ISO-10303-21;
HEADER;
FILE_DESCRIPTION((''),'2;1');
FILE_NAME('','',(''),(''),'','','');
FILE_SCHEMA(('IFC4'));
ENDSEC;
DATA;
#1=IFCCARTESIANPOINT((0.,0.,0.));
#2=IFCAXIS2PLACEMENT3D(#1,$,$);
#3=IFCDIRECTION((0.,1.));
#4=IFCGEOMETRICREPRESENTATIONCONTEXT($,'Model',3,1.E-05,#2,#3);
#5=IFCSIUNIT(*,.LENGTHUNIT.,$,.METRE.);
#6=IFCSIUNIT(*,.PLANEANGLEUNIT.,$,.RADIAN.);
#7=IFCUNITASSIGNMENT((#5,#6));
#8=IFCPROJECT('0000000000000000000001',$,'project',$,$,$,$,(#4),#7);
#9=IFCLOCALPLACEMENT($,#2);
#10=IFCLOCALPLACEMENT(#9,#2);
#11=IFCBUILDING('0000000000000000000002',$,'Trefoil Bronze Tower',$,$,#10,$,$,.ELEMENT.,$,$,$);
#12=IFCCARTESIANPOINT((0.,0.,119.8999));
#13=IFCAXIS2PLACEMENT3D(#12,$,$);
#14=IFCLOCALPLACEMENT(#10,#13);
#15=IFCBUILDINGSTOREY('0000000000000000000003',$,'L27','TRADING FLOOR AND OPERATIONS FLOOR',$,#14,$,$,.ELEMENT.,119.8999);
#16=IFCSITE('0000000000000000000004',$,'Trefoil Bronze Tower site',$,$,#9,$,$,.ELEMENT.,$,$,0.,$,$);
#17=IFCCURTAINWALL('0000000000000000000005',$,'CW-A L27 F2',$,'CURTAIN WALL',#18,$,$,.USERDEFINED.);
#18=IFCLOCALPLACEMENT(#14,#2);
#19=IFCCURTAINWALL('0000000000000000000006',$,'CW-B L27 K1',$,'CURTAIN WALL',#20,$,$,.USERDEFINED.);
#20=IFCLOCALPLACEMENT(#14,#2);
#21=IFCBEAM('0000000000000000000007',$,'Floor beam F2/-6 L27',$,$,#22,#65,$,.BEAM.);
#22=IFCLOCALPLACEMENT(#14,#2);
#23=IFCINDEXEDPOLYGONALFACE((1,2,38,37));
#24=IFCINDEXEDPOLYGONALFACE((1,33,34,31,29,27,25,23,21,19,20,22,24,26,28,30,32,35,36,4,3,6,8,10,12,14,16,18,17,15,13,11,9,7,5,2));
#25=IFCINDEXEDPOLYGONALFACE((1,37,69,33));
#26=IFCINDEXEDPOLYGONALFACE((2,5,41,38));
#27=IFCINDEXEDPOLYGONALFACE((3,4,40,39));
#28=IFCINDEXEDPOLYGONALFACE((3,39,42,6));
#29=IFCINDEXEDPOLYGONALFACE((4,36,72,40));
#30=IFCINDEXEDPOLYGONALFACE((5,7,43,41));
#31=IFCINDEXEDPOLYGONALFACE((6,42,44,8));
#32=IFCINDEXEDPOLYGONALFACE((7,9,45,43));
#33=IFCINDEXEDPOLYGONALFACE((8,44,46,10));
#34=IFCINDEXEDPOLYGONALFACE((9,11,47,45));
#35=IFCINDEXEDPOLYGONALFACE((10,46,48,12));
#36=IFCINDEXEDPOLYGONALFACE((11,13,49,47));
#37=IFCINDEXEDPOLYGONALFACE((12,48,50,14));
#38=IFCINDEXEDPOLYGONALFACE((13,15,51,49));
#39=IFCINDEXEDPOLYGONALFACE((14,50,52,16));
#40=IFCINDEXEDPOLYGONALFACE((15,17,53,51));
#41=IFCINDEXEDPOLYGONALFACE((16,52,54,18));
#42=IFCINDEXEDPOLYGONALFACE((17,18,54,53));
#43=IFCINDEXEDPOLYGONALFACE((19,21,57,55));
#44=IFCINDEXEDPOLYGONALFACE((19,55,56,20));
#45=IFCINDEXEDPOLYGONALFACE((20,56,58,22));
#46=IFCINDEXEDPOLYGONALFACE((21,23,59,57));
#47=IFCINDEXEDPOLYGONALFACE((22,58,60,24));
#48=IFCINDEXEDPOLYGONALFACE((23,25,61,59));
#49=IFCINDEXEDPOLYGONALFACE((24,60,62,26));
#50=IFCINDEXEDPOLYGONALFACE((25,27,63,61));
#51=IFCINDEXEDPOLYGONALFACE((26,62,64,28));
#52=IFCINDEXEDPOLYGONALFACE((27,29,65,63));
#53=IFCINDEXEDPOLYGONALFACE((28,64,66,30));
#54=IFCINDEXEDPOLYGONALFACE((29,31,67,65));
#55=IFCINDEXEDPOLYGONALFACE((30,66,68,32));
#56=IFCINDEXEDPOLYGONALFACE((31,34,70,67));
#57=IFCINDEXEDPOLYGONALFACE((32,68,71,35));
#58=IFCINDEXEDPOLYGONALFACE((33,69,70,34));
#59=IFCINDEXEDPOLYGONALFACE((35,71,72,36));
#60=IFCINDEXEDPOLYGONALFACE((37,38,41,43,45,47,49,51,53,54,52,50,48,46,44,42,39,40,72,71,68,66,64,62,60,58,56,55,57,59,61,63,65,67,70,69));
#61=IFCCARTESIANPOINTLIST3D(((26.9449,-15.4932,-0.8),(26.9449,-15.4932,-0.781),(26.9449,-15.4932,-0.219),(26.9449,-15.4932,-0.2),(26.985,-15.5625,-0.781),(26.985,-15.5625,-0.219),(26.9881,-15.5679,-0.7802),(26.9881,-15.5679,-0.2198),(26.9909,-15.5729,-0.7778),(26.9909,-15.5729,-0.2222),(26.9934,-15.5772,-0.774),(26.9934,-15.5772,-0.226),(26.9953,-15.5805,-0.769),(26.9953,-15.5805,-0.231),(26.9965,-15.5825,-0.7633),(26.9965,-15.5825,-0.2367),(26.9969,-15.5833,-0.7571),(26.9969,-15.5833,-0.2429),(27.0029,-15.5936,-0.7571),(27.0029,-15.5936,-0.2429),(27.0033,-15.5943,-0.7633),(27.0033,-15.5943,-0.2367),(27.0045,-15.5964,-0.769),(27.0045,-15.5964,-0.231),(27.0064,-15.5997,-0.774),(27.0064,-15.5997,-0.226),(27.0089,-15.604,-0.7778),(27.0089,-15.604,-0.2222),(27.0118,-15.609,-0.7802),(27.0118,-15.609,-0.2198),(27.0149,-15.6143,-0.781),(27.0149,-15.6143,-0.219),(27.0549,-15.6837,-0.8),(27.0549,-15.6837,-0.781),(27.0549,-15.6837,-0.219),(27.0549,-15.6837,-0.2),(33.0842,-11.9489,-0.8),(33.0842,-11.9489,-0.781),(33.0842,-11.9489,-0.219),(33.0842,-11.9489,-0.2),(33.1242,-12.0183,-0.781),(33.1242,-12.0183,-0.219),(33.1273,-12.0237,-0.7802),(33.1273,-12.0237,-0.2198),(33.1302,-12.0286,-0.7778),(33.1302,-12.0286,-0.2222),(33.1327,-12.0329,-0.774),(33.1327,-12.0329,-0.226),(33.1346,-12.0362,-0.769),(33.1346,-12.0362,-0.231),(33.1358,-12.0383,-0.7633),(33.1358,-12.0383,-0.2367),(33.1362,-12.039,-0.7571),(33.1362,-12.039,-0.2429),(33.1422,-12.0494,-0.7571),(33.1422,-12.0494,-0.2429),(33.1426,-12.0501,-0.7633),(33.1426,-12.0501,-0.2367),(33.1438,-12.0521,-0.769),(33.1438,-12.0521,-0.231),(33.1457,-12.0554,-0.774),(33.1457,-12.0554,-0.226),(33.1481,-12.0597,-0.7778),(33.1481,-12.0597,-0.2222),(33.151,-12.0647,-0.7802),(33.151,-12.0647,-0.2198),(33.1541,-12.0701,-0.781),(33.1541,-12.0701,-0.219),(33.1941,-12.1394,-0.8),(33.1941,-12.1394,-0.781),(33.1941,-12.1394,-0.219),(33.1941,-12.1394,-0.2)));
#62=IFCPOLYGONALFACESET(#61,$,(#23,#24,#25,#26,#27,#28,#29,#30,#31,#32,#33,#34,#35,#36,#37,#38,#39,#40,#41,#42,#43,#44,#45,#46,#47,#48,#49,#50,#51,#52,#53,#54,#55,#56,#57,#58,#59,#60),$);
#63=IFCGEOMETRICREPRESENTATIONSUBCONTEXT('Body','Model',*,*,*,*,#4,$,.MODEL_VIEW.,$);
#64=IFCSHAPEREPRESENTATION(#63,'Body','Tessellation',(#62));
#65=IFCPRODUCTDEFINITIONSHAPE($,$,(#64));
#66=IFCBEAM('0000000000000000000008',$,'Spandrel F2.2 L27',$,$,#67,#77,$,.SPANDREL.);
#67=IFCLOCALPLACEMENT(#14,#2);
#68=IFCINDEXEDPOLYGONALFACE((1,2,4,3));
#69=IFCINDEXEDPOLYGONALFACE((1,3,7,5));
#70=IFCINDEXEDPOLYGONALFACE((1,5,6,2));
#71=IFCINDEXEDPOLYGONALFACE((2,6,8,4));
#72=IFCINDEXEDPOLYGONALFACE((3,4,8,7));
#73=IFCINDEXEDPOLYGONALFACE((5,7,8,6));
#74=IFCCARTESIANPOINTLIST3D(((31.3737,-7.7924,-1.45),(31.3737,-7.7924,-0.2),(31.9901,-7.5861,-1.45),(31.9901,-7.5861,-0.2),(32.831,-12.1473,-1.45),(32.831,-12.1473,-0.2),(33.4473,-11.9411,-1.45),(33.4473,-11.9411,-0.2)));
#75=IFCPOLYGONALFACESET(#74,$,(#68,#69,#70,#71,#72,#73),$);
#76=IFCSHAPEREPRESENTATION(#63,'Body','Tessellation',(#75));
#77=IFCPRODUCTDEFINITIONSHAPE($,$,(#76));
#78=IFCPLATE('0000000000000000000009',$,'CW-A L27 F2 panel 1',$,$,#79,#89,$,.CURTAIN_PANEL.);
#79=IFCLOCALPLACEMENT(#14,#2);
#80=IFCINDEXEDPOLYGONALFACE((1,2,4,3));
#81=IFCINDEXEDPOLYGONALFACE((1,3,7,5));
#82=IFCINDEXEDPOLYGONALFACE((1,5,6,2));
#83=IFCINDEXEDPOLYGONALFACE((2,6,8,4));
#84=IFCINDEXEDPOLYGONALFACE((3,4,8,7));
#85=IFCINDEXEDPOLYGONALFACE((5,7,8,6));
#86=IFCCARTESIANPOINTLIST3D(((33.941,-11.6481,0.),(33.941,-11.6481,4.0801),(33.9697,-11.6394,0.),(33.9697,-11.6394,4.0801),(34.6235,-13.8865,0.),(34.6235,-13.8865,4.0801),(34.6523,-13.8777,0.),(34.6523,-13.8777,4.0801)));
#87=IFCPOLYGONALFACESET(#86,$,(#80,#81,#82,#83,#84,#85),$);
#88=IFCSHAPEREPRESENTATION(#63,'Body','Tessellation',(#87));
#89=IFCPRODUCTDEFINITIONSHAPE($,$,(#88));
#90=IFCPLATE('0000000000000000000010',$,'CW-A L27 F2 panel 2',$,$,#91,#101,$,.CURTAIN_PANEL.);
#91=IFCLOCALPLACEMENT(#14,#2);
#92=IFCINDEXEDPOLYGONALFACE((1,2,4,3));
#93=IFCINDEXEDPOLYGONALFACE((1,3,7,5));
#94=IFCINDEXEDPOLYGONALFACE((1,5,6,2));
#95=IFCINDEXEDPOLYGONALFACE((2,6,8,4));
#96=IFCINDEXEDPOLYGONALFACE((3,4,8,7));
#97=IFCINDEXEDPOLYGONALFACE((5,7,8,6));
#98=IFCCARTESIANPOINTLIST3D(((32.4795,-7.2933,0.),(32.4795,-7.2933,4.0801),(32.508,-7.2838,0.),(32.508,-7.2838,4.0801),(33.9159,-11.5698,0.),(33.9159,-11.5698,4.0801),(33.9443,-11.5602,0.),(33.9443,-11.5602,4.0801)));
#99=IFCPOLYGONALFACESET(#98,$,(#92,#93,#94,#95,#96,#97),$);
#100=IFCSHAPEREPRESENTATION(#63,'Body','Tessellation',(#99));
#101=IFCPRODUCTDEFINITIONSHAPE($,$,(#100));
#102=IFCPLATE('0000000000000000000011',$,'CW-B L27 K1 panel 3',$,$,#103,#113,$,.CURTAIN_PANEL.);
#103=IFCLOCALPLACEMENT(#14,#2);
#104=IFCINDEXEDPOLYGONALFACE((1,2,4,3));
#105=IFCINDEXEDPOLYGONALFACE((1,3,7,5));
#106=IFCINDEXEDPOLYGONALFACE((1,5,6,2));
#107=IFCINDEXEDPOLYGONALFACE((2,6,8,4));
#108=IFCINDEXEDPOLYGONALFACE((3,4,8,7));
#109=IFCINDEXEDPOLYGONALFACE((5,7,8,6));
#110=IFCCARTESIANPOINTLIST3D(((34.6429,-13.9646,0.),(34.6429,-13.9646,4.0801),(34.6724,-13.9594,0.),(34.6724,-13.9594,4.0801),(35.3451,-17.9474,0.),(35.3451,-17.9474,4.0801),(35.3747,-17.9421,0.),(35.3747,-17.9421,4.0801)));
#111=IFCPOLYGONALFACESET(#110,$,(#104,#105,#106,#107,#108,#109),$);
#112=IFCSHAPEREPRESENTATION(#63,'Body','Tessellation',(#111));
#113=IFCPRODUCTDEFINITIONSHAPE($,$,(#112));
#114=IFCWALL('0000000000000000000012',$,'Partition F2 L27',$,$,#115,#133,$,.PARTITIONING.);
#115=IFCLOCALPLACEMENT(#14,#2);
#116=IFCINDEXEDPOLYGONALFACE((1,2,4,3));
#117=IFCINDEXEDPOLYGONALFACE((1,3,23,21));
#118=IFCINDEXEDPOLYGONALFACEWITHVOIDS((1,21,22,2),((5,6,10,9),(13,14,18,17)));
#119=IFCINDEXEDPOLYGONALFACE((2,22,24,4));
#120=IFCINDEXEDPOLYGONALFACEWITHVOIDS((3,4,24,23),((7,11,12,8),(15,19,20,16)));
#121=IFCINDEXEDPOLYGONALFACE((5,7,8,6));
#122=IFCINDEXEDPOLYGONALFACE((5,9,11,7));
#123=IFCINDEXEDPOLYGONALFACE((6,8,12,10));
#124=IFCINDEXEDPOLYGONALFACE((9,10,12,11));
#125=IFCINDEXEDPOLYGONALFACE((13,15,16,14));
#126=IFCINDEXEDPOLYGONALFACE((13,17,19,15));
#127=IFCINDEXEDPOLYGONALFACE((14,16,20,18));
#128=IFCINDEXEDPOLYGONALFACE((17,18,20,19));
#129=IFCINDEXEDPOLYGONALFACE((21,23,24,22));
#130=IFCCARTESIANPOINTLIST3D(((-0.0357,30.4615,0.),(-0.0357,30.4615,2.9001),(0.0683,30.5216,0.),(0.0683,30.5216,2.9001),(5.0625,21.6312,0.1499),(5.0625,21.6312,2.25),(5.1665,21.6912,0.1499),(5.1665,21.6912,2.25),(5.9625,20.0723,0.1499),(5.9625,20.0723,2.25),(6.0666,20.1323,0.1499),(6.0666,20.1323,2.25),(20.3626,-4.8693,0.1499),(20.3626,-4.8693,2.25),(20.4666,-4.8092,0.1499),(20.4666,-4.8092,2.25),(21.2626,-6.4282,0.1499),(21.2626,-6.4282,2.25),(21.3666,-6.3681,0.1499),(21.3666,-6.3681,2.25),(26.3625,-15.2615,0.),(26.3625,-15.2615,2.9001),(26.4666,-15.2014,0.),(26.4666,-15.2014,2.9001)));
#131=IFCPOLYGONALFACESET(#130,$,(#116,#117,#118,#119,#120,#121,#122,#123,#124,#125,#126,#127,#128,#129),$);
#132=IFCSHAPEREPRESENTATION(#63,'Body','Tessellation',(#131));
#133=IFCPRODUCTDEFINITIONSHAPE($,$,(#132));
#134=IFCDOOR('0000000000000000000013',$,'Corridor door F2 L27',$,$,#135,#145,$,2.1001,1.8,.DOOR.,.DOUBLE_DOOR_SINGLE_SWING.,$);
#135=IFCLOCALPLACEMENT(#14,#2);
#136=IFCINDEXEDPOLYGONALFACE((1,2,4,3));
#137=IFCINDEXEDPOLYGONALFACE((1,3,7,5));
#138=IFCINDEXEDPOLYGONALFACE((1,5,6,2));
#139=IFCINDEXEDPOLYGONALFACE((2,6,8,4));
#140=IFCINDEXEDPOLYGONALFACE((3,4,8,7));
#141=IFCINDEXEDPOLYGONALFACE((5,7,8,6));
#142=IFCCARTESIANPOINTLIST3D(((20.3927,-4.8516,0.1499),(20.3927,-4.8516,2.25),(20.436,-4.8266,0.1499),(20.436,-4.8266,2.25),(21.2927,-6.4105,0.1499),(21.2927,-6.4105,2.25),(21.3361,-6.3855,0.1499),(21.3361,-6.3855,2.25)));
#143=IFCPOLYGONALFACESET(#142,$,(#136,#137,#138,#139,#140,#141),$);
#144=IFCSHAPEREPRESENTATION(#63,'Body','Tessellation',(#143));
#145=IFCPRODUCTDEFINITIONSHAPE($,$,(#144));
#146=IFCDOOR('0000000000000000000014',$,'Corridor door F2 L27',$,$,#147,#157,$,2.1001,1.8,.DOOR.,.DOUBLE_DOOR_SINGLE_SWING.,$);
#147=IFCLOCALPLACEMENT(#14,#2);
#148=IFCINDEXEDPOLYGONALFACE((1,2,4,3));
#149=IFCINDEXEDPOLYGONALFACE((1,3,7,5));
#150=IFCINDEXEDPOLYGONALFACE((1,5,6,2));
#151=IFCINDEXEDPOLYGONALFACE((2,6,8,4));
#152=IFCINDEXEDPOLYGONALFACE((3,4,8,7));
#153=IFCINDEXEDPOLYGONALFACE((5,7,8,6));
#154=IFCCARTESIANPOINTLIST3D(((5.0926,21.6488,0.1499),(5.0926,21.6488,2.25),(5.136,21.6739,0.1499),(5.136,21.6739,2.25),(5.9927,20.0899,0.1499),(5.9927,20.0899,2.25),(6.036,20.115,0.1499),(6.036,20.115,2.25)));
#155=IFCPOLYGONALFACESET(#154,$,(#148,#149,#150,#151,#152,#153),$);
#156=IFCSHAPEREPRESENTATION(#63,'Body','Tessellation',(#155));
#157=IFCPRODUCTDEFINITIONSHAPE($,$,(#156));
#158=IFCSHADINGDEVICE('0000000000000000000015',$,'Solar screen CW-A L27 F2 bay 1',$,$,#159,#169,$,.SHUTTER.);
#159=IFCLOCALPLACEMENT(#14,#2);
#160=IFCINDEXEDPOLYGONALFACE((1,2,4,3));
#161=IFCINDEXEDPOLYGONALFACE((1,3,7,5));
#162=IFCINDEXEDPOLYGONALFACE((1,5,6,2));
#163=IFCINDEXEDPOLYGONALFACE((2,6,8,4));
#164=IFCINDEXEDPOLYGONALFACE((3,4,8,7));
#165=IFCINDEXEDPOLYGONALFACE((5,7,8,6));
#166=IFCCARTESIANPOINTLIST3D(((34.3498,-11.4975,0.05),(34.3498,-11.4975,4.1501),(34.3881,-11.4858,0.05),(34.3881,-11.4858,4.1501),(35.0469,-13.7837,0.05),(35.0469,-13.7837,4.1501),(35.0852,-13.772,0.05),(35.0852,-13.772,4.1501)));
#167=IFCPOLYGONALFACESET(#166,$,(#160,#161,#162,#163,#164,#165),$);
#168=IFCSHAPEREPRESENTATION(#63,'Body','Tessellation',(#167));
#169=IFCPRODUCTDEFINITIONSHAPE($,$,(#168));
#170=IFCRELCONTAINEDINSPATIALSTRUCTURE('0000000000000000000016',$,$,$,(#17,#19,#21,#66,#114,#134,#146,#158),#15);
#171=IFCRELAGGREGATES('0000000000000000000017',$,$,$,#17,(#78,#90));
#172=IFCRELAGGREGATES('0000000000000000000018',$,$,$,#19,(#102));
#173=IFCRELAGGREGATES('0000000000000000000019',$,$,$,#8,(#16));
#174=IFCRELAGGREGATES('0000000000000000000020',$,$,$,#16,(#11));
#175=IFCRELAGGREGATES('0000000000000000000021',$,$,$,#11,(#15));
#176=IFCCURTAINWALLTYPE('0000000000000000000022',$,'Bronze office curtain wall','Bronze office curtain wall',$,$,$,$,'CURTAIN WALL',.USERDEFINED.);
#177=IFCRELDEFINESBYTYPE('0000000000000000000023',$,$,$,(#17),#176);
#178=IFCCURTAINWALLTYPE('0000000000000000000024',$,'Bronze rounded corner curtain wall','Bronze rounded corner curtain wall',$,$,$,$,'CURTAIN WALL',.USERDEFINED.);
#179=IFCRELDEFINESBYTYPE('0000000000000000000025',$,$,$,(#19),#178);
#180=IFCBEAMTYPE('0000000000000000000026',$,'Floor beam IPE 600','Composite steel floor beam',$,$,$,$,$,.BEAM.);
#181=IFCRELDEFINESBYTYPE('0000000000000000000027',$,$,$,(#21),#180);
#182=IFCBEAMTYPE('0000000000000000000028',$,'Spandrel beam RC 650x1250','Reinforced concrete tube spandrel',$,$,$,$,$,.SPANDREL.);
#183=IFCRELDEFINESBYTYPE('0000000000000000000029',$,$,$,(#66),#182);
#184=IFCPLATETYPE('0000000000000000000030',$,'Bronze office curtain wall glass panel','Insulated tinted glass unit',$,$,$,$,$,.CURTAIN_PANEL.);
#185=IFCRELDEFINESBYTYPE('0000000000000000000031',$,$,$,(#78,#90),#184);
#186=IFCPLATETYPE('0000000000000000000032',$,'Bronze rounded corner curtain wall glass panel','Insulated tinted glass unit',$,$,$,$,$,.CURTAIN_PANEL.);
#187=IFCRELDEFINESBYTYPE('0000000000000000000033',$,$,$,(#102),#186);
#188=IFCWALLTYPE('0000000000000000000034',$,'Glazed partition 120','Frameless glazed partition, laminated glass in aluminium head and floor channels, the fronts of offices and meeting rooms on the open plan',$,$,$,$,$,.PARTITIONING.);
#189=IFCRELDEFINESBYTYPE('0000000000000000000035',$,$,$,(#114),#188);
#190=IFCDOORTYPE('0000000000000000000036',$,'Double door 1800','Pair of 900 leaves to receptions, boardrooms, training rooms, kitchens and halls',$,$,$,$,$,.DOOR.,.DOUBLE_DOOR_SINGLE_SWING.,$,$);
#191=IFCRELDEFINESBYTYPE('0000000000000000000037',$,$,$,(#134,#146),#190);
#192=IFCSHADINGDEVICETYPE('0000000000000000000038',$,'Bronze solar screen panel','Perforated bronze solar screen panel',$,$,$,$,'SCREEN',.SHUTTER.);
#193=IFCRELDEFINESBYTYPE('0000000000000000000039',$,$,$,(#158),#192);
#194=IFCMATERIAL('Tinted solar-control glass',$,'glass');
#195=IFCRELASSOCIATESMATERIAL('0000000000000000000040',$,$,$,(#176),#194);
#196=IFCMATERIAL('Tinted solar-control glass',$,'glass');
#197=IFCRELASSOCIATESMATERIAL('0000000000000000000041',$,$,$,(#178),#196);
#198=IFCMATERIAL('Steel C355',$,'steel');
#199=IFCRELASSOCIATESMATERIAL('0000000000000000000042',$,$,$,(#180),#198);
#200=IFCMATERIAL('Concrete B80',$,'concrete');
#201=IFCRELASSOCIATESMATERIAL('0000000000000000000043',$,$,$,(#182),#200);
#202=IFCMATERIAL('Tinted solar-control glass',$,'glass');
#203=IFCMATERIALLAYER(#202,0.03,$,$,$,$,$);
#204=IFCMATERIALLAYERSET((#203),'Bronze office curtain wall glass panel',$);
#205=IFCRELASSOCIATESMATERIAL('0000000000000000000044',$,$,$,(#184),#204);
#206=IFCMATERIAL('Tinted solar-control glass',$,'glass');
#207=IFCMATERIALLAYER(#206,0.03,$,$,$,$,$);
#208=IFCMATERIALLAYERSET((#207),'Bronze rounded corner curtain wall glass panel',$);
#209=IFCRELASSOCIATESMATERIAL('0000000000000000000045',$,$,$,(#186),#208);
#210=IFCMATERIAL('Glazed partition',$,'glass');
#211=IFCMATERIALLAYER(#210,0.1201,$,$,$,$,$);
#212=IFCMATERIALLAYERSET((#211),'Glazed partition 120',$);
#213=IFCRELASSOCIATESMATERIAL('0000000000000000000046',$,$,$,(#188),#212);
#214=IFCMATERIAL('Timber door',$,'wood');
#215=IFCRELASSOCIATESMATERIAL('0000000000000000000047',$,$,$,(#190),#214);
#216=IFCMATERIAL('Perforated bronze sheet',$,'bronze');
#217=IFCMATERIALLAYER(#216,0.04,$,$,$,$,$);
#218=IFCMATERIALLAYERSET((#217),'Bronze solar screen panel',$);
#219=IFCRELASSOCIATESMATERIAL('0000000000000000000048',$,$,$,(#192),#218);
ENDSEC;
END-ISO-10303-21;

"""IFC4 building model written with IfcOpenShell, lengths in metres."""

from ifc_helpers import new_model, si_unit, direction, frame, frame_2d, origin, origin_2d, place, context, subcontext, project, spatial, rectangle, i_section, extrude, material, layer, layer_set, material_profile, profile_set, type_object, element, fill, aggregate, save


model = new_model("IFC4")

# Units and contexts
model_context = context("Model", 3, precision=1e-05, world=origin(), true_north=direction((0.0, 1.0)))
body_context = subcontext(model_context, "Body", "Model", "MODEL_VIEW")
ifc_project = project(units=[si_unit("LENGTHUNIT", "METRE"), si_unit("PLANEANGLEUNIT", "RADIAN")], contexts=[model_context])

# Site, building, storey
site_placement = place(None, origin())
site = spatial("IfcSite", under=ifc_project, at=site_placement, Name="Trefoil Bronze Tower site", CompositionType="ELEMENT", RefElevation=0.0)
building_placement = place(site_placement, origin())
building = spatial("IfcBuilding", under=site, at=building_placement, Name="Trefoil Bronze Tower", CompositionType="ELEMENT")
storey_placement = place(building_placement, frame((0.0, 0.0, 119.8999)))
storey = spatial("IfcBuildingStorey", under=building, at=storey_placement, Name="L27", Description="TRADING FLOOR AND OPERATIONS FLOOR", CompositionType="ELEMENT", Elevation=119.8999)

# Curtain wall
ifc_material_1 = material(Name="Tinted solar-control glass", Category="glass")
curtain_wall_type_1 = type_object("IfcCurtainWallType", Name="Bronze office curtain wall", Description="Bronze office curtain wall", ElementType="CURTAIN WALL", PredefinedType="USERDEFINED", material=ifc_material_1)
curtain_wall_1_placement = place(storey_placement, origin())
curtain_wall_1 = element("IfcCurtainWall", 1, at=curtain_wall_1_placement, inside=storey, type_object=curtain_wall_type_1, Name="CW-A L27 F2", ObjectType="CURTAIN WALL", PredefinedType="USERDEFINED")

# Curtain wall
ifc_material_2 = material(Name="Tinted solar-control glass", Category="glass")
curtain_wall_type_2 = type_object("IfcCurtainWallType", Name="Bronze rounded corner curtain wall", Description="Bronze rounded corner curtain wall", ElementType="CURTAIN WALL", PredefinedType="USERDEFINED", material=ifc_material_2)
curtain_wall_2_placement = place(storey_placement, origin())
curtain_wall_2 = element("IfcCurtainWall", 2, at=curtain_wall_2_placement, inside=storey, type_object=curtain_wall_type_2, Name="CW-B L27 K1", ObjectType="CURTAIN WALL", PredefinedType="USERDEFINED")

# Beams
ifc_material_3 = material(Name="Steel C355", Category="steel")
ifc_material_profile_1 = material_profile(ifc_material_3, i_section(OverallWidth=0.22, OverallDepth=0.6001, WebThickness=0.012, FlangeThickness=0.019, FilletRadius=0.0239, at=origin_2d()), Name="IPE 600")
ifc_profile_set_1 = profile_set([ifc_material_profile_1], Name="Steel C355")
beam_type_1 = type_object("IfcBeamType", Name="Floor beam IPE 600", Description="Composite steel floor beam", PredefinedType="BEAM", material=ifc_profile_set_1)
beam_1_placement = place(storey_placement, frame((33.1392, -12.0442, -0.5), z_axis=(-0.866041, -0.499973, 0.0), x_axis=(0.499973, -0.866041, 0.0)))
element("IfcBeam", 3, at=beam_1_placement, inside=storey, type_object=beam_type_1, Name="Floor beam F2/-6 L27", PredefinedType="BEAM", context=body_context, shape_type="SweptSolid", body=[
    extrude(i_section(OverallWidth=0.22, OverallDepth=0.6001, WebThickness=0.012, FlangeThickness=0.019, FilletRadius=0.0239, at=origin_2d()), origin(), (0.0, 0.0, 1.0), 7.0889),
])
ifc_material_4 = material(Name="Concrete B80", Category="concrete")
ifc_material_profile_2 = material_profile(ifc_material_4, rectangle(XDim=0.6499, YDim=1.25, at=origin_2d()), Name="RC 650x1250")
ifc_profile_set_2 = profile_set([ifc_material_profile_2], Name="Concrete B80")
beam_type_2 = type_object("IfcBeamType", Name="Spandrel beam RC 650x1250", Description="Reinforced concrete tube spandrel", PredefinedType="SPANDREL", material=ifc_profile_set_2)
beam_2_placement = place(storey_placement, frame((33.1392, -12.0442, -0.825), z_axis=(-0.317328, 0.948316, 0.0), x_axis=(-0.948316, -0.317328, 0.0)))
element("IfcBeam", 4, at=beam_2_placement, inside=storey, type_object=beam_type_2, Name="Spandrel F2.2 L27", PredefinedType="SPANDREL", context=body_context, shape_type="SweptSolid", body=[
    extrude(rectangle(XDim=0.6499, YDim=1.25, at=origin_2d()), origin(), (0.0, 0.0, 1.0), 4.5923),
])

# Plates
ifc_material_5 = material(Name="Tinted solar-control glass", Category="glass")
ifc_layer_1 = layer(ifc_material_5, 0.03)
ifc_layer_set_1 = layer_set([ifc_layer_1], Name="Bronze office curtain wall glass panel")
plate_type_1 = type_object("IfcPlateType", Name="Bronze office curtain wall glass panel", Description="Insulated tinted glass unit", PredefinedType="CURTAIN_PANEL", material=ifc_layer_set_1)
plate_1_placement = place(storey_placement, frame((34.2966, -12.7629, 0.0), z_axis=(0.0, 0.0, 1.0), x_axis=(-0.291669, 0.956519, 0.0)))
plate_1 = element("IfcPlate", 5, at=plate_1_placement, type_object=plate_type_1, Name="CW-A L27 F2 panel 1", PredefinedType="CURTAIN_PANEL", context=body_context, shape_type="SweptSolid", body=[
    extrude(rectangle(XDim=2.3401, YDim=0.03, at=origin_2d()), origin(), (0.0, 0.0, 1.0), 4.0801),
])
plate_2_placement = place(storey_placement, frame((33.2119, -9.4268, 0.0), z_axis=(0.0, 0.0, 1.0), x_axis=(-0.318404, 0.947955, 0.0)))
plate_2 = element("IfcPlate", 6, at=plate_2_placement, type_object=plate_type_1, Name="CW-A L27 F2 panel 2", PredefinedType="CURTAIN_PANEL", context=body_context, shape_type="SweptSolid", body=[
    extrude(rectangle(XDim=4.5112, YDim=0.03, at=origin_2d()), origin(), (0.0, 0.0, 1.0), 4.0801),
])
aggregate(curtain_wall_1, [plate_1, plate_2])
ifc_material_6 = material(Name="Tinted solar-control glass", Category="glass")
ifc_layer_2 = layer(ifc_material_6, 0.03)
ifc_layer_set_2 = layer_set([ifc_layer_2], Name="Bronze rounded corner curtain wall glass panel")
plate_type_2 = type_object("IfcPlateType", Name="Bronze rounded corner curtain wall glass panel", Description="Insulated tinted glass unit", PredefinedType="CURTAIN_PANEL", material=ifc_layer_set_2)
plate_3_placement = place(storey_placement, frame((35.0088, -15.9534, 0.0), z_axis=(0.0, 0.0, 1.0), x_axis=(-0.173648, 0.984808, 0.0)))
plate_3 = element("IfcPlate", 7, at=plate_3_placement, type_object=plate_type_2, Name="CW-B L27 K1 panel 3", PredefinedType="CURTAIN_PANEL", context=body_context, shape_type="SweptSolid", body=[
    extrude(rectangle(XDim=4.0442, YDim=0.03, at=origin_2d()), origin(), (0.0, 0.0, 1.0), 4.0801),
])
aggregate(curtain_wall_2, [plate_3])

# Wall, openings, doors
ifc_material_7 = material(Name="Glazed partition", Category="glass")
ifc_layer_3 = layer(ifc_material_7, 0.1201)
ifc_layer_set_3 = layer_set([ifc_layer_3], Name="Glazed partition 120")
wall_type = type_object("IfcWallType", Name="Glazed partition 120", Description="Frameless glazed partition, laminated glass in aluminium head and floor channels, the fronts of offices and meeting rooms on the open plan", PredefinedType="PARTITIONING", material=ifc_layer_set_3)
wall_placement = place(storey_placement, frame((26.4146, -15.2314, 0.0), z_axis=(0.0, 0.0, 1.0), x_axis=(-0.500001, 0.866025, 0.0)))
wall = element("IfcWall", 8, at=wall_placement, inside=storey, type_object=wall_type, Name="Partition F2 L27", PredefinedType="PARTITIONING", context=body_context, shape_type="SweptSolid", body=[
    extrude(rectangle(XDim=52.7964, YDim=0.1201, at=frame_2d((26.3982, 0.0))), origin(), (0.0, 0.0, 1.0), 2.9001),
])
opening_1_placement = place(wall_placement, frame((10.2, 0.0, 0.1499)))
opening_1 = element("IfcOpeningElement", 9, at=opening_1_placement, cuts=wall, PredefinedType="OPENING", context=body_context, shape_type="SweptSolid", body=[
    extrude(rectangle(XDim=1.8, YDim=2.1001, at=frame_2d((0.8999, 1.05))), frame((0.0, 0.0701, 0.0), z_axis=(0.0, -1.0, 0.0), x_axis=(1.0, 0.0, 0.0)), (0.0, 0.0, 1.0), 0.1401),
])
opening_2_placement = place(wall_placement, frame((40.8, 0.0, 0.1499)))
opening_2 = element("IfcOpeningElement", 10, at=opening_2_placement, cuts=wall, PredefinedType="OPENING", context=body_context, shape_type="SweptSolid", body=[
    extrude(rectangle(XDim=1.8, YDim=2.1001, at=frame_2d((0.8999, 1.05))), frame((0.0, 0.0701, 0.0), z_axis=(0.0, -1.0, 0.0), x_axis=(1.0, 0.0, 0.0)), (0.0, 0.0, 1.0), 0.1401),
])
ifc_material_8 = material(Name="Timber door", Category="wood")
door_type = type_object("IfcDoorType", Name="Double door 1800", Description="Pair of 900 leaves to receptions, boardrooms, training rooms, kitchens and halls", OperationType="DOUBLE_DOOR_SINGLE_SWING", PredefinedType="DOOR", material=ifc_material_8)
door_1_placement = place(opening_1_placement, frame((1.8, 0.0, 0.0), z_axis=(0.0, 0.0, 1.0), x_axis=(-1.0, 0.0, 0.0)))
door_1 = element("IfcDoor", 11, at=door_1_placement, inside=storey, type_object=door_type, Name="Corridor door F2 L27", OperationType="DOUBLE_DOOR_SINGLE_SWING", OverallHeight=2.1001, OverallWidth=1.8, PredefinedType="DOOR", context=body_context, shape_type="SweptSolid", body=[
    extrude(rectangle(XDim=1.8, YDim=2.1001, at=frame_2d((0.8999, 1.05))), frame((0.0, 0.0249, 0.0), z_axis=(0.0, -1.0, 0.0), x_axis=(1.0, 0.0, 0.0)), (0.0, 0.0, 1.0), 0.05),
])
fill(opening_1, door_1)
door_2_placement = place(opening_2_placement, frame((1.8, 0.0, 0.0), z_axis=(0.0, 0.0, 1.0), x_axis=(-1.0, 0.0, 0.0)))
door_2 = element("IfcDoor", 12, at=door_2_placement, inside=storey, type_object=door_type, Name="Corridor door F2 L27", OperationType="DOUBLE_DOOR_SINGLE_SWING", OverallHeight=2.1001, OverallWidth=1.8, PredefinedType="DOOR", context=body_context, shape_type="SweptSolid", body=[
    extrude(rectangle(XDim=1.8, YDim=2.1001, at=frame_2d((0.8999, 1.05))), frame((0.0, 0.0249, 0.0), z_axis=(0.0, -1.0, 0.0), x_axis=(1.0, 0.0, 0.0)), (0.0, 0.0, 1.0), 0.05),
])
fill(opening_2, door_2)

# Shading device
ifc_material_9 = material(Name="Perforated bronze sheet", Category="bronze")
ifc_layer_4 = layer(ifc_material_9, 0.04)
ifc_layer_set_4 = layer_set([ifc_layer_4], Name="Bronze solar screen panel")
shading_device_type = type_object("IfcShadingDeviceType", Name="Bronze solar screen panel", Description="Perforated bronze solar screen panel", ElementType="SCREEN", PredefinedType="SHUTTER", material=ifc_layer_set_4)
shading_device_1_placement = place(storey_placement, frame((34.7175, -12.6348, 0.05), z_axis=(0.0, 0.0, 1.0), x_axis=(-0.291669, 0.956519, 0.0)))
element("IfcShadingDevice", 13, at=shading_device_1_placement, inside=storey, type_object=shading_device_type, Name="Solar screen CW-A L27 F2 bay 1", PredefinedType="SHUTTER", context=body_context, shape_type="SweptSolid", body=[
    extrude(rectangle(XDim=2.3901, YDim=0.04, at=origin_2d()), origin(), (0.0, 0.0, 1.0), 4.1001),
])

save(model, "model.ifc")
